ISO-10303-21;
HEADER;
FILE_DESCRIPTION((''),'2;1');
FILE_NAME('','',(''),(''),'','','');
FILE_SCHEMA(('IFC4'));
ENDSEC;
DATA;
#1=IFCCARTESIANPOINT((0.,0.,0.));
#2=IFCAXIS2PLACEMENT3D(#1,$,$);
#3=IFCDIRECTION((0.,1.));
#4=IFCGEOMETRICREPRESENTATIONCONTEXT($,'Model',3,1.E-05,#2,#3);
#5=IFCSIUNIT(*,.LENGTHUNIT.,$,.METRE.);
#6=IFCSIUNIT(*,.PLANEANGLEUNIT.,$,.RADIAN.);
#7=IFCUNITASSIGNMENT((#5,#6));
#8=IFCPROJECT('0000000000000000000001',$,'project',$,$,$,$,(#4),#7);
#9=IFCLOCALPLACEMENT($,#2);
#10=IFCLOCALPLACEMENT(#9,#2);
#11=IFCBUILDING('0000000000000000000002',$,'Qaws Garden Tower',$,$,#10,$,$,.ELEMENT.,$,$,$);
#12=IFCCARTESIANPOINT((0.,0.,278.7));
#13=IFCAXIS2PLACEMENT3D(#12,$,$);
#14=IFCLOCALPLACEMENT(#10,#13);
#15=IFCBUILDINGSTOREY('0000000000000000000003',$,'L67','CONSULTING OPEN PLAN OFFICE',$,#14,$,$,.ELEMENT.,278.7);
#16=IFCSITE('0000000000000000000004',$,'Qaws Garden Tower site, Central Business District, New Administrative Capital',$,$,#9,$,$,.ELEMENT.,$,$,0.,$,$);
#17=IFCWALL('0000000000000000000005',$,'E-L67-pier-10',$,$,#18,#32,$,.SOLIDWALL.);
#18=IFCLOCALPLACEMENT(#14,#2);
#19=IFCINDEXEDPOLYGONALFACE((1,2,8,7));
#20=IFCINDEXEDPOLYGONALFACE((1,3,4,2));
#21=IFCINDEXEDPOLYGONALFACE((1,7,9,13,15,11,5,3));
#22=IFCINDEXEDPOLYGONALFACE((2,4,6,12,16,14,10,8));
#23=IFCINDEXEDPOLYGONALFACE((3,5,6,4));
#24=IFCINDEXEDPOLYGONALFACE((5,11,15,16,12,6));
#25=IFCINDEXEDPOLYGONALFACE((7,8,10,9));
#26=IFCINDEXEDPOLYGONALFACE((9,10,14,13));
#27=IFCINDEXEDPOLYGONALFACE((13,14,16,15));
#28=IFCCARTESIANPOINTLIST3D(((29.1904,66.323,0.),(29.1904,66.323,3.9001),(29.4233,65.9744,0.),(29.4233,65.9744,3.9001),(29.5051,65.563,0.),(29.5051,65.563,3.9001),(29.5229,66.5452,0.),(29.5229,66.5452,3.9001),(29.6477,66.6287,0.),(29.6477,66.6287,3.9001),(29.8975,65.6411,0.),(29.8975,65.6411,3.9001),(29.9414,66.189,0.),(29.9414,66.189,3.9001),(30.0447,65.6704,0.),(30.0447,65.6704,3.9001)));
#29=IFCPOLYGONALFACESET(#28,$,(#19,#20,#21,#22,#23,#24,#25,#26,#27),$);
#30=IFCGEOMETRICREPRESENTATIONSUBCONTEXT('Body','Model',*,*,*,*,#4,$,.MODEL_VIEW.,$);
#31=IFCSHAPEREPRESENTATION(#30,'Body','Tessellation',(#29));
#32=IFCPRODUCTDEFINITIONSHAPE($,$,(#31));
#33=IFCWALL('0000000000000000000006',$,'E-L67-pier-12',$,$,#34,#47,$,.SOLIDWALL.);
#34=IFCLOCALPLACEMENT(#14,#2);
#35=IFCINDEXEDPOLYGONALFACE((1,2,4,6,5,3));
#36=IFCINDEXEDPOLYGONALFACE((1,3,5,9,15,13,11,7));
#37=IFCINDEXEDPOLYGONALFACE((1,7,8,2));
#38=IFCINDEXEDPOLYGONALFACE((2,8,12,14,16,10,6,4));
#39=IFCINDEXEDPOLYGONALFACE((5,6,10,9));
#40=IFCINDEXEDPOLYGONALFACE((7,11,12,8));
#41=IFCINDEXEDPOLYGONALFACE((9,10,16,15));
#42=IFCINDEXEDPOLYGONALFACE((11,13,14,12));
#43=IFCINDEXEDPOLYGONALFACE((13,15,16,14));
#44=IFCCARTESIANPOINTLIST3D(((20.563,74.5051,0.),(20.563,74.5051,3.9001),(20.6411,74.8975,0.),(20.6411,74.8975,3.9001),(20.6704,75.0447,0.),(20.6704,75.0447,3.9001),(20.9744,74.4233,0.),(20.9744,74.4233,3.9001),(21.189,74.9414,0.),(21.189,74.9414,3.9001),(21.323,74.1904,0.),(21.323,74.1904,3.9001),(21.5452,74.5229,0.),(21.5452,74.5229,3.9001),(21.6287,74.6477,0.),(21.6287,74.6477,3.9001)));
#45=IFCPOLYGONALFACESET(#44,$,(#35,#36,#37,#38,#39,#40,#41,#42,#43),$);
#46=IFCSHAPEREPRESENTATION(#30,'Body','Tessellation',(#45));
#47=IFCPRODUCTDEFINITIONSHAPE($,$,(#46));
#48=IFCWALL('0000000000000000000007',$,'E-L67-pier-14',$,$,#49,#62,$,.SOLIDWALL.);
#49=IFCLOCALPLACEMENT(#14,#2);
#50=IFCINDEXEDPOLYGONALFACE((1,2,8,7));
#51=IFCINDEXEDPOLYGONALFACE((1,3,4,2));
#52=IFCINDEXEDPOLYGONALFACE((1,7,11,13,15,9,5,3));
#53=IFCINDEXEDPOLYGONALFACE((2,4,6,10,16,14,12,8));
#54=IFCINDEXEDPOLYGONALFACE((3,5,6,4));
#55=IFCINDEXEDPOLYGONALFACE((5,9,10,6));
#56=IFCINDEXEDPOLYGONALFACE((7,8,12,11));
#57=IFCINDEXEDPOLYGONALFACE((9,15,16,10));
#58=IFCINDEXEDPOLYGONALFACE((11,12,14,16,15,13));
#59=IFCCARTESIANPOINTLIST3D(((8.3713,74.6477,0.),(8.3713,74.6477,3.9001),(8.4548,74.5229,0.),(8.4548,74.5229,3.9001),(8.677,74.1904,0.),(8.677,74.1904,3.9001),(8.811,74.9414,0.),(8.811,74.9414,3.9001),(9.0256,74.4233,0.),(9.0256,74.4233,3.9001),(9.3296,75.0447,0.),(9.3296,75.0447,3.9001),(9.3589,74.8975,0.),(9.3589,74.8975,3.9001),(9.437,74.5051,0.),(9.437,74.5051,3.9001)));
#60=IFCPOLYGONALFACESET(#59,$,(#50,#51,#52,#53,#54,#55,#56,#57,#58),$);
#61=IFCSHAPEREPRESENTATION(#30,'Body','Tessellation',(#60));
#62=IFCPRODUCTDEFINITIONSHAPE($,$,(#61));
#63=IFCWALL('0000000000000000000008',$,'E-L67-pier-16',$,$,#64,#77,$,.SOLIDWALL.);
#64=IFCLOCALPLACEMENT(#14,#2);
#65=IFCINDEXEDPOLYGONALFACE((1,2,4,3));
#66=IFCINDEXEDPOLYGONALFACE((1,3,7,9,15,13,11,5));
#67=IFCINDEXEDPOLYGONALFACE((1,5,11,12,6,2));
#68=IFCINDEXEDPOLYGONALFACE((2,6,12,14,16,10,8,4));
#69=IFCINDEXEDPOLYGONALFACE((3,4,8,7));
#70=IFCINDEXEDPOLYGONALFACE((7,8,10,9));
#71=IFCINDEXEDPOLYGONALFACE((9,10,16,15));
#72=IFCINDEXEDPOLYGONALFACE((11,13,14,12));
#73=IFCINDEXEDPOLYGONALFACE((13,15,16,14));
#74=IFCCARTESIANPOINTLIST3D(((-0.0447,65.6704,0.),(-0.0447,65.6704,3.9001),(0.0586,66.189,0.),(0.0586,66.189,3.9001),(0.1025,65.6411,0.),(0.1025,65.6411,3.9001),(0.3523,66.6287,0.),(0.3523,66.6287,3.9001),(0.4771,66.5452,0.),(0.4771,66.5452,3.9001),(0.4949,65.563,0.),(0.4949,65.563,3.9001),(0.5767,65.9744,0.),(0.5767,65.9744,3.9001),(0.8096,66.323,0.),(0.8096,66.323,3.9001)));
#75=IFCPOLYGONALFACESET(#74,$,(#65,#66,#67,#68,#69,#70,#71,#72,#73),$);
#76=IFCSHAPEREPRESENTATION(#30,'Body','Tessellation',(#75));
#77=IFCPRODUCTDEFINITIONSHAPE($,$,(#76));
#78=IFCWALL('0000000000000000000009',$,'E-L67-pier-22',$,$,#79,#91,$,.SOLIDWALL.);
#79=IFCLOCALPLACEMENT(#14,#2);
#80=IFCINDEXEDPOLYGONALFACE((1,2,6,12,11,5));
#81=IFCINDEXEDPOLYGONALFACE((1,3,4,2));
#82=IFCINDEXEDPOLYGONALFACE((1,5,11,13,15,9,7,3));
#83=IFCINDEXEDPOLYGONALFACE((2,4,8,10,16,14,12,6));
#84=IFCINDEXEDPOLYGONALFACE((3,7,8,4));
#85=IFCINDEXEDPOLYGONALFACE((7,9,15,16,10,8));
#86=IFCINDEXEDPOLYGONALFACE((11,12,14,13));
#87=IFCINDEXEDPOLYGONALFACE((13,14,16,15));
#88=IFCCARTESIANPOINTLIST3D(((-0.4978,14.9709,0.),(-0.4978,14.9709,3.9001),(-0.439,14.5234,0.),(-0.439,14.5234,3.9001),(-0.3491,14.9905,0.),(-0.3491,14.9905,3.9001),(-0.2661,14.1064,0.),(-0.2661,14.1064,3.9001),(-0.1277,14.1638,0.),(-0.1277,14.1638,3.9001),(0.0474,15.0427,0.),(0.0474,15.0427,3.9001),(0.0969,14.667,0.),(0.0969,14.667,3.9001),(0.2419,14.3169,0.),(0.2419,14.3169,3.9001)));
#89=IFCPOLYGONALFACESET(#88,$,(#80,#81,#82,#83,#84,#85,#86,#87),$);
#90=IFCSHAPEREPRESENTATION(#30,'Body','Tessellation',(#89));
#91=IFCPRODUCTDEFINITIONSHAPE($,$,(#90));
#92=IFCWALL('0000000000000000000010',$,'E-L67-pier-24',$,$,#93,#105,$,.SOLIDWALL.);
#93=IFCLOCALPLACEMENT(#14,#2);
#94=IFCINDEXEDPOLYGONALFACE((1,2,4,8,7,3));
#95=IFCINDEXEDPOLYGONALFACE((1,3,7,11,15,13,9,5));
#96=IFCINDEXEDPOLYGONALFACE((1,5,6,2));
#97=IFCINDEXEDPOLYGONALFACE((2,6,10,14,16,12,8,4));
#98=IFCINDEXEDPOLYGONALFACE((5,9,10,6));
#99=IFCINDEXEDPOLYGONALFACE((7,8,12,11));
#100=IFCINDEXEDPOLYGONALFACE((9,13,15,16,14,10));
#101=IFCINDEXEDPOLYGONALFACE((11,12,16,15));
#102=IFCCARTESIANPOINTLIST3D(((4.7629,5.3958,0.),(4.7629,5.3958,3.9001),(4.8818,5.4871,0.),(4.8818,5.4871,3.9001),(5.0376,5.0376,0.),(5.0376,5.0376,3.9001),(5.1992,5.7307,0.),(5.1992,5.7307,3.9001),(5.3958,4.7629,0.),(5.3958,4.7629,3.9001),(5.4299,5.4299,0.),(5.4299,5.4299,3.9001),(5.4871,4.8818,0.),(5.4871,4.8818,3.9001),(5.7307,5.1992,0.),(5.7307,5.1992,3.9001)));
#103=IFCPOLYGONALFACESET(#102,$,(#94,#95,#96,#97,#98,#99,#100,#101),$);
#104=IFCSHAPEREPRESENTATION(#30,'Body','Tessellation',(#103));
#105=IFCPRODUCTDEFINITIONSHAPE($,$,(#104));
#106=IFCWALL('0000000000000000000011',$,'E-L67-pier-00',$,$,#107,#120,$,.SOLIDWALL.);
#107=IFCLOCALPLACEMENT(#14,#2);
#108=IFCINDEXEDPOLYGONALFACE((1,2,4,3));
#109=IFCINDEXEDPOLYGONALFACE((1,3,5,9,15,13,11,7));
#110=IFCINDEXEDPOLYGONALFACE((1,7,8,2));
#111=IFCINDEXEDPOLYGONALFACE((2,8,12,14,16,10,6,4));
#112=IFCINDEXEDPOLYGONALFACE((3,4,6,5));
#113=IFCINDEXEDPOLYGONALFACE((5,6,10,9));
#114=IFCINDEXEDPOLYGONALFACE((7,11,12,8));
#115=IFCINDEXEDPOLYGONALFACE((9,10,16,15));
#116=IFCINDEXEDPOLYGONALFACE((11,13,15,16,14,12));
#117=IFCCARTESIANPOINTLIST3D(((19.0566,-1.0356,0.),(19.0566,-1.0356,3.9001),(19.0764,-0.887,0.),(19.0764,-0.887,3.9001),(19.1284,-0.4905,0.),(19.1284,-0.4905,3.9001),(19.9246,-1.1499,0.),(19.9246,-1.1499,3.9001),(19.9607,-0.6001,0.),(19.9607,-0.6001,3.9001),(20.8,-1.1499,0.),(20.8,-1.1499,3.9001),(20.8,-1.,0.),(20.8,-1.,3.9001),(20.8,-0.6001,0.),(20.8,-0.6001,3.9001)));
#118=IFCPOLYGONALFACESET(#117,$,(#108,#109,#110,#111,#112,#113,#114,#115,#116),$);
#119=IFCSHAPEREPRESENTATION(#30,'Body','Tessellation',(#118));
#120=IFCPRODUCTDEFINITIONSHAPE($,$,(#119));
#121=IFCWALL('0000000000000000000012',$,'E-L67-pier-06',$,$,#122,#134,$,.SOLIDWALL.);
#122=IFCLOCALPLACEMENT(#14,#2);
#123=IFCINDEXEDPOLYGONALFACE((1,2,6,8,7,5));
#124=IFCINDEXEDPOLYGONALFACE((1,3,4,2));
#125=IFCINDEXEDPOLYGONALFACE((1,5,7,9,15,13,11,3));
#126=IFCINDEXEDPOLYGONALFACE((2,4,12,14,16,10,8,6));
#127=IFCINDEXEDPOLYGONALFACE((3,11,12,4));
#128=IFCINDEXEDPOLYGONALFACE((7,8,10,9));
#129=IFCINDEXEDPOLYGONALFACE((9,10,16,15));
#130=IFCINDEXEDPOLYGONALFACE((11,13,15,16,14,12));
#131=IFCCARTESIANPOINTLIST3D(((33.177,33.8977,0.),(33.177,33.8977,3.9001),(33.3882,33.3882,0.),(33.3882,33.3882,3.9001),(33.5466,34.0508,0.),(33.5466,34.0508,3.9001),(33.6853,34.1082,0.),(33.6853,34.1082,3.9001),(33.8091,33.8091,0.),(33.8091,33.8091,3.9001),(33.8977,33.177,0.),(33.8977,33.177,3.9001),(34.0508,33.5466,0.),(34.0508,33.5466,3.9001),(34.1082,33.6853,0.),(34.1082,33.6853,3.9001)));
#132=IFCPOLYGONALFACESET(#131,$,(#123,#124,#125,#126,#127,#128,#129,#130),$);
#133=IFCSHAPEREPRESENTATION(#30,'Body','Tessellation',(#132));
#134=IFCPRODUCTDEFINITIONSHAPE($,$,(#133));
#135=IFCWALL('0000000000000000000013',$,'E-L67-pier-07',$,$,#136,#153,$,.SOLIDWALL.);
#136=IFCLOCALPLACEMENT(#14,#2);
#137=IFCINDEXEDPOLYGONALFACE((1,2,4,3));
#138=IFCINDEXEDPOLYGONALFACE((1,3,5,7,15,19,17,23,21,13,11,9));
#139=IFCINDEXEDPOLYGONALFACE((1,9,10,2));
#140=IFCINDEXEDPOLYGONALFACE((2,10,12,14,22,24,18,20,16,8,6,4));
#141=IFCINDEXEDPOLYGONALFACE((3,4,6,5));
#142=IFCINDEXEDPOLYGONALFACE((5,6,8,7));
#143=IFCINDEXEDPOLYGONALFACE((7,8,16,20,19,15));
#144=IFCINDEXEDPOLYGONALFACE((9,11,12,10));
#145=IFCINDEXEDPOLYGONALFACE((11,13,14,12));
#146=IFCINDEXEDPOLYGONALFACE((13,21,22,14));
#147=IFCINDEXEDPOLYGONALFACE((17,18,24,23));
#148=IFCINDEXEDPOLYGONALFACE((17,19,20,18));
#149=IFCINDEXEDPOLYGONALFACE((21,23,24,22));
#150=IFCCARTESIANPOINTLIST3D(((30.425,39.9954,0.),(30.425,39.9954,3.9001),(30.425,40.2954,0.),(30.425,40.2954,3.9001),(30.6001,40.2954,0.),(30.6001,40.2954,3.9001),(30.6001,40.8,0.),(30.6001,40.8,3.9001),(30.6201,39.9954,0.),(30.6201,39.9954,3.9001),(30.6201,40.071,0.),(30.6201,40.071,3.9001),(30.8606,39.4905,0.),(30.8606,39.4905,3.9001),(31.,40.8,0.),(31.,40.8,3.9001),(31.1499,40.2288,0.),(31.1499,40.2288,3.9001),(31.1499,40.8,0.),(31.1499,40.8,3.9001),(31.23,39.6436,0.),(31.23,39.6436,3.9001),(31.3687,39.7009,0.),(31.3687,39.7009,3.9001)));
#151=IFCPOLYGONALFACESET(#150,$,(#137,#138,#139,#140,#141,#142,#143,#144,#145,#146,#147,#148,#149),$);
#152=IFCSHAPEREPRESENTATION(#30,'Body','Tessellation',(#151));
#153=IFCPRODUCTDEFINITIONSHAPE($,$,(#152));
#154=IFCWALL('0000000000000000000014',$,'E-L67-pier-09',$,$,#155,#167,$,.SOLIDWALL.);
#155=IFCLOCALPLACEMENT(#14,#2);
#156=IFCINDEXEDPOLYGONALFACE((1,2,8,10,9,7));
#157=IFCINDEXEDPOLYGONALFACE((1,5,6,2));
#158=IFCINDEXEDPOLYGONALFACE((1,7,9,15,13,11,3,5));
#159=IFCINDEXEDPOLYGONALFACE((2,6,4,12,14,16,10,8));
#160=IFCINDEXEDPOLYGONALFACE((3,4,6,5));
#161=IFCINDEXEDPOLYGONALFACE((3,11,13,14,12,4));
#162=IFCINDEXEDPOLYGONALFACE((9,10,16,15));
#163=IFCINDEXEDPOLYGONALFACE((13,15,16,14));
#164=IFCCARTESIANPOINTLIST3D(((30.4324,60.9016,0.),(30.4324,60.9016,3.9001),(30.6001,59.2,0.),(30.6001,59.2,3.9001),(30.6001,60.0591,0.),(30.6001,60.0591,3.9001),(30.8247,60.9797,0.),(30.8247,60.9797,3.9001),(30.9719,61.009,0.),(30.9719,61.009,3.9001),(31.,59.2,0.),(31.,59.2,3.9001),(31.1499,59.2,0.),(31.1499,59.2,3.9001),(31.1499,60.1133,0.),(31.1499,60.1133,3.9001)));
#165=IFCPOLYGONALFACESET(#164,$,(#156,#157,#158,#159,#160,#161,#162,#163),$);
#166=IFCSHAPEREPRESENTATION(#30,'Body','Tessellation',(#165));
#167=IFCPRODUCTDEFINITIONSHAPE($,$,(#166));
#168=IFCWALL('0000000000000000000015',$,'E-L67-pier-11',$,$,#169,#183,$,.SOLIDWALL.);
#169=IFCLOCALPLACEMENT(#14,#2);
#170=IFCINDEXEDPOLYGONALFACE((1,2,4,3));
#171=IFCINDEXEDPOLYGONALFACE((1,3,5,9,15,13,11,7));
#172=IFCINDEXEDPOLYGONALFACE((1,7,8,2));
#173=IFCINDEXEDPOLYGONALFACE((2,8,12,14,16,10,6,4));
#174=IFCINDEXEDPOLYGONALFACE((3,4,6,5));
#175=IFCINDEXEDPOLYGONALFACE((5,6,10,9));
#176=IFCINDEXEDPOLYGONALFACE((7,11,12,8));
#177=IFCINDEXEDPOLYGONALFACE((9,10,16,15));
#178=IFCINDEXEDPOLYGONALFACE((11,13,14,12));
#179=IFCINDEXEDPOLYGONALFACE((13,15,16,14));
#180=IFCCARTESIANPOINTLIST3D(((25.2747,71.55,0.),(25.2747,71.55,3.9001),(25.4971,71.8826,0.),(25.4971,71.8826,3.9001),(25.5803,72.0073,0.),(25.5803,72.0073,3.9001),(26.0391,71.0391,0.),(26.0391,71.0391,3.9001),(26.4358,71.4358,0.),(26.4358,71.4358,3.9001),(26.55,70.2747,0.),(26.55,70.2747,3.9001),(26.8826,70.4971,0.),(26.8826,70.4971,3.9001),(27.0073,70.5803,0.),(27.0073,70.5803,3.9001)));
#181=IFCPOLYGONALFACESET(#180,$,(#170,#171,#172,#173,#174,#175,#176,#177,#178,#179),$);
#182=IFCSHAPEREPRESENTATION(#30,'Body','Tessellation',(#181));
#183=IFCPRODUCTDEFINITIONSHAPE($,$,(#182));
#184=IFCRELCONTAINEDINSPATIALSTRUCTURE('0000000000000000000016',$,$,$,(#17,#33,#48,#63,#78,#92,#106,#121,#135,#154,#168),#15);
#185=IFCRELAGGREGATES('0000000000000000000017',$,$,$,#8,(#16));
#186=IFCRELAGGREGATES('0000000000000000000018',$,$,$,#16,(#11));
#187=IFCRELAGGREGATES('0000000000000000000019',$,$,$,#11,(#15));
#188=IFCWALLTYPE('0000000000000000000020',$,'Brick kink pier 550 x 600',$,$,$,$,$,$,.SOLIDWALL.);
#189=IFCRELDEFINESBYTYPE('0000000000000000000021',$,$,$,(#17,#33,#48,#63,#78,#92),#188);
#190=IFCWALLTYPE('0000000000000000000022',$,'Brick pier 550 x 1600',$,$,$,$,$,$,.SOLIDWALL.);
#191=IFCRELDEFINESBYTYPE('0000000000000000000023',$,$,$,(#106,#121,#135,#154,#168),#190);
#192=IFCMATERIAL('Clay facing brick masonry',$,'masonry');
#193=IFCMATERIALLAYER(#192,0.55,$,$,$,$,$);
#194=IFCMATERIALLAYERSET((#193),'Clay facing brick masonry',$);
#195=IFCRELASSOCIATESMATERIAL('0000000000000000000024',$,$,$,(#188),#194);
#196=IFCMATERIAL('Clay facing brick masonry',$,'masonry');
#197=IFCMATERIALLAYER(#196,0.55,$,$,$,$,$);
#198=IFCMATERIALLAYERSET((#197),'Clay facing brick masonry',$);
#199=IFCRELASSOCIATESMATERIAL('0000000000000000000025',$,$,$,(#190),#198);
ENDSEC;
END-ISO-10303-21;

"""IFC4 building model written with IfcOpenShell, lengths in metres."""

from ifc_helpers import new_model, si_unit, direction, frame, origin, place, context, subcontext, project, spatial, polyline, outline, extrude, material, layer, layer_set, type_object, element, save


model = new_model("IFC4")

# Units and contexts
model_context = context("Model", 3, precision=1e-05, world=origin(), true_north=direction((0.0, 1.0)))
body_context = subcontext(model_context, "Body", "Model", "MODEL_VIEW")
ifc_project = project(units=[si_unit("LENGTHUNIT", "METRE"), si_unit("PLANEANGLEUNIT", "RADIAN")], contexts=[model_context])

# Site, building, storey
site_placement = place(None, origin())
site = spatial("IfcSite", under=ifc_project, at=site_placement, Name="Qaws Garden Tower site, Central Business District, New Administrative Capital", CompositionType="ELEMENT", RefElevation=0.0)
building_placement = place(site_placement, origin())
building = spatial("IfcBuilding", under=site, at=building_placement, Name="Qaws Garden Tower", CompositionType="ELEMENT")
storey_placement = place(building_placement, frame((0.0, 0.0, 278.7)))
storey = spatial("IfcBuildingStorey", under=building, at=storey_placement, Name="L67", Description="CONSULTING OPEN PLAN OFFICE", CompositionType="ELEMENT", Elevation=278.7)

# Walls
placement_1 = place(storey_placement, origin())
ifc_material_1 = material(Name="Clay facing brick masonry", Category="masonry")
ifc_layer_1 = layer(ifc_material_1, 0.55)
ifc_layer_set_1 = layer_set([ifc_layer_1], Name="Clay facing brick masonry")
wall_type_1 = type_object("IfcWallType", Name="Brick kink pier 550 x 600", PredefinedType="SOLIDWALL", material=ifc_layer_set_1)
element("IfcWall", 1, at=placement_1, inside=storey, type_object=wall_type_1, Name="E-L67-pier-10", PredefinedType="SOLIDWALL", context=body_context, shape_type="SweptSolid", body=[
    extrude(outline(polyline([(29.8975, 65.6411), (30.0447, 65.6704), (29.9414, 66.189), (29.6477, 66.6287), (29.5229, 66.5452), (29.1904, 66.323), (29.4233, 65.9744), (29.5051, 65.563), (29.8975, 65.6411)])), origin(), (0.0, 0.0, 1.0), 3.9001),
])
element("IfcWall", 2, at=placement_1, inside=storey, type_object=wall_type_1, Name="E-L67-pier-12", PredefinedType="SOLIDWALL", context=body_context, shape_type="SweptSolid", body=[
    extrude(outline(polyline([(21.5452, 74.5229), (21.6287, 74.6477), (21.189, 74.9414), (20.6704, 75.0447), (20.6411, 74.8975), (20.563, 74.5051), (20.9744, 74.4233), (21.323, 74.1904), (21.5452, 74.5229)])), origin(), (0.0, 0.0, 1.0), 3.9001),
])
element("IfcWall", 3, at=placement_1, inside=storey, type_object=wall_type_1, Name="E-L67-pier-14", PredefinedType="SOLIDWALL", context=body_context, shape_type="SweptSolid", body=[
    extrude(outline(polyline([(9.3589, 74.8975), (9.3296, 75.0447), (8.811, 74.9414), (8.3713, 74.6477), (8.4548, 74.5229), (8.677, 74.1904), (9.0256, 74.4233), (9.437, 74.5051), (9.3589, 74.8975)])), origin(), (0.0, 0.0, 1.0), 3.9001),
])
element("IfcWall", 4, at=placement_1, inside=storey, type_object=wall_type_1, Name="E-L67-pier-16", PredefinedType="SOLIDWALL", context=body_context, shape_type="SweptSolid", body=[
    extrude(outline(polyline([(0.4771, 66.5452), (0.3523, 66.6287), (0.0586, 66.189), (-0.0447, 65.6704), (0.1025, 65.6411), (0.4949, 65.563), (0.5767, 65.9744), (0.8096, 66.323), (0.4771, 66.5452)])), origin(), (0.0, 0.0, 1.0), 3.9001),
])
element("IfcWall", 5, at=placement_1, inside=storey, type_object=wall_type_1, Name="E-L67-pier-22", PredefinedType="SOLIDWALL", context=body_context, shape_type="SweptSolid", body=[
    extrude(outline(polyline([(-0.3491, 14.9905), (-0.4978, 14.9709), (-0.439, 14.5234), (-0.2661, 14.1064), (-0.1277, 14.1638), (0.2419, 14.3169), (0.0969, 14.667), (0.0474, 15.0427), (-0.3491, 14.9905)])), origin(), (0.0, 0.0, 1.0), 3.9001),
])
element("IfcWall", 6, at=placement_1, inside=storey, type_object=wall_type_1, Name="E-L67-pier-24", PredefinedType="SOLIDWALL", context=body_context, shape_type="SweptSolid", body=[
    extrude(outline(polyline([(4.8818, 5.4871), (4.7629, 5.3958), (5.0376, 5.0376), (5.3958, 4.7629), (5.4871, 4.8818), (5.7307, 5.1992), (5.4299, 5.4299), (5.1992, 5.7307), (4.8818, 5.4871)])), origin(), (0.0, 0.0, 1.0), 3.9001),
])
ifc_material_2 = material(Name="Clay facing brick masonry", Category="masonry")
ifc_layer_2 = layer(ifc_material_2, 0.55)
ifc_layer_set_2 = layer_set([ifc_layer_2], Name="Clay facing brick masonry")
wall_type_2 = type_object("IfcWallType", Name="Brick pier 550 x 1600", PredefinedType="SOLIDWALL", material=ifc_layer_set_2)
element("IfcWall", 7, at=placement_1, inside=storey, type_object=wall_type_2, Name="E-L67-pier-00", PredefinedType="SOLIDWALL", context=body_context, shape_type="SweptSolid", body=[
    extrude(outline(polyline([(19.0764, -0.887), (19.0566, -1.0356), (19.9246, -1.1499), (20.8, -1.1499), (20.8, -1.0), (20.8, -0.6001), (19.9607, -0.6001), (19.1284, -0.4905), (19.0764, -0.887)])), origin(), (0.0, 0.0, 1.0), 3.9001),
])
element("IfcWall", 8, at=placement_1, inside=storey, type_object=wall_type_2, Name="E-L67-pier-06", PredefinedType="SOLIDWALL", context=body_context, shape_type="SweptSolid", body=[
    extrude(outline(polyline([(34.0508, 33.5466), (34.1082, 33.6853), (33.8091, 33.8091), (33.6853, 34.1082), (33.5466, 34.0508), (33.177, 33.8977), (33.3882, 33.3882), (33.8977, 33.177), (34.0508, 33.5466)])), origin(), (0.0, 0.0, 1.0), 3.9001),
])
element("IfcWall", 9, at=placement_1, inside=storey, type_object=wall_type_2, Name="E-L67-pier-07", PredefinedType="SOLIDWALL", context=body_context, shape_type="SweptSolid", body=[
    extrude(outline(polyline([(30.6201, 39.9954), (30.6201, 40.071), (30.8606, 39.4905), (31.23, 39.6436), (31.3687, 39.7009), (31.1499, 40.2288), (31.1499, 40.8), (31.0, 40.8), (30.6001, 40.8), (30.6001, 40.2954), (30.425, 40.2954), (30.425, 39.9954), (30.6201, 39.9954)])), origin(), (0.0, 0.0, 1.0), 3.9001),
])
element("IfcWall", 10, at=placement_1, inside=storey, type_object=wall_type_2, Name="E-L67-pier-09", PredefinedType="SOLIDWALL", context=body_context, shape_type="SweptSolid", body=[
    extrude(outline(polyline([(31.0, 59.2), (31.1499, 59.2), (31.1499, 60.1133), (30.9719, 61.009), (30.8247, 60.9797), (30.4324, 60.9016), (30.6001, 60.0591), (30.6001, 59.2), (31.0, 59.2)])), origin(), (0.0, 0.0, 1.0), 3.9001),
])
element("IfcWall", 11, at=placement_1, inside=storey, type_object=wall_type_2, Name="E-L67-pier-11", PredefinedType="SOLIDWALL", context=body_context, shape_type="SweptSolid", body=[
    extrude(outline(polyline([(26.8826, 70.4971), (27.0073, 70.5803), (26.4358, 71.4358), (25.5803, 72.0073), (25.4971, 71.8826), (25.2747, 71.55), (26.0391, 71.0391), (26.55, 70.2747), (26.8826, 70.4971)])), origin(), (0.0, 0.0, 1.0), 3.9001),
])

save(model, "model.ifc")
